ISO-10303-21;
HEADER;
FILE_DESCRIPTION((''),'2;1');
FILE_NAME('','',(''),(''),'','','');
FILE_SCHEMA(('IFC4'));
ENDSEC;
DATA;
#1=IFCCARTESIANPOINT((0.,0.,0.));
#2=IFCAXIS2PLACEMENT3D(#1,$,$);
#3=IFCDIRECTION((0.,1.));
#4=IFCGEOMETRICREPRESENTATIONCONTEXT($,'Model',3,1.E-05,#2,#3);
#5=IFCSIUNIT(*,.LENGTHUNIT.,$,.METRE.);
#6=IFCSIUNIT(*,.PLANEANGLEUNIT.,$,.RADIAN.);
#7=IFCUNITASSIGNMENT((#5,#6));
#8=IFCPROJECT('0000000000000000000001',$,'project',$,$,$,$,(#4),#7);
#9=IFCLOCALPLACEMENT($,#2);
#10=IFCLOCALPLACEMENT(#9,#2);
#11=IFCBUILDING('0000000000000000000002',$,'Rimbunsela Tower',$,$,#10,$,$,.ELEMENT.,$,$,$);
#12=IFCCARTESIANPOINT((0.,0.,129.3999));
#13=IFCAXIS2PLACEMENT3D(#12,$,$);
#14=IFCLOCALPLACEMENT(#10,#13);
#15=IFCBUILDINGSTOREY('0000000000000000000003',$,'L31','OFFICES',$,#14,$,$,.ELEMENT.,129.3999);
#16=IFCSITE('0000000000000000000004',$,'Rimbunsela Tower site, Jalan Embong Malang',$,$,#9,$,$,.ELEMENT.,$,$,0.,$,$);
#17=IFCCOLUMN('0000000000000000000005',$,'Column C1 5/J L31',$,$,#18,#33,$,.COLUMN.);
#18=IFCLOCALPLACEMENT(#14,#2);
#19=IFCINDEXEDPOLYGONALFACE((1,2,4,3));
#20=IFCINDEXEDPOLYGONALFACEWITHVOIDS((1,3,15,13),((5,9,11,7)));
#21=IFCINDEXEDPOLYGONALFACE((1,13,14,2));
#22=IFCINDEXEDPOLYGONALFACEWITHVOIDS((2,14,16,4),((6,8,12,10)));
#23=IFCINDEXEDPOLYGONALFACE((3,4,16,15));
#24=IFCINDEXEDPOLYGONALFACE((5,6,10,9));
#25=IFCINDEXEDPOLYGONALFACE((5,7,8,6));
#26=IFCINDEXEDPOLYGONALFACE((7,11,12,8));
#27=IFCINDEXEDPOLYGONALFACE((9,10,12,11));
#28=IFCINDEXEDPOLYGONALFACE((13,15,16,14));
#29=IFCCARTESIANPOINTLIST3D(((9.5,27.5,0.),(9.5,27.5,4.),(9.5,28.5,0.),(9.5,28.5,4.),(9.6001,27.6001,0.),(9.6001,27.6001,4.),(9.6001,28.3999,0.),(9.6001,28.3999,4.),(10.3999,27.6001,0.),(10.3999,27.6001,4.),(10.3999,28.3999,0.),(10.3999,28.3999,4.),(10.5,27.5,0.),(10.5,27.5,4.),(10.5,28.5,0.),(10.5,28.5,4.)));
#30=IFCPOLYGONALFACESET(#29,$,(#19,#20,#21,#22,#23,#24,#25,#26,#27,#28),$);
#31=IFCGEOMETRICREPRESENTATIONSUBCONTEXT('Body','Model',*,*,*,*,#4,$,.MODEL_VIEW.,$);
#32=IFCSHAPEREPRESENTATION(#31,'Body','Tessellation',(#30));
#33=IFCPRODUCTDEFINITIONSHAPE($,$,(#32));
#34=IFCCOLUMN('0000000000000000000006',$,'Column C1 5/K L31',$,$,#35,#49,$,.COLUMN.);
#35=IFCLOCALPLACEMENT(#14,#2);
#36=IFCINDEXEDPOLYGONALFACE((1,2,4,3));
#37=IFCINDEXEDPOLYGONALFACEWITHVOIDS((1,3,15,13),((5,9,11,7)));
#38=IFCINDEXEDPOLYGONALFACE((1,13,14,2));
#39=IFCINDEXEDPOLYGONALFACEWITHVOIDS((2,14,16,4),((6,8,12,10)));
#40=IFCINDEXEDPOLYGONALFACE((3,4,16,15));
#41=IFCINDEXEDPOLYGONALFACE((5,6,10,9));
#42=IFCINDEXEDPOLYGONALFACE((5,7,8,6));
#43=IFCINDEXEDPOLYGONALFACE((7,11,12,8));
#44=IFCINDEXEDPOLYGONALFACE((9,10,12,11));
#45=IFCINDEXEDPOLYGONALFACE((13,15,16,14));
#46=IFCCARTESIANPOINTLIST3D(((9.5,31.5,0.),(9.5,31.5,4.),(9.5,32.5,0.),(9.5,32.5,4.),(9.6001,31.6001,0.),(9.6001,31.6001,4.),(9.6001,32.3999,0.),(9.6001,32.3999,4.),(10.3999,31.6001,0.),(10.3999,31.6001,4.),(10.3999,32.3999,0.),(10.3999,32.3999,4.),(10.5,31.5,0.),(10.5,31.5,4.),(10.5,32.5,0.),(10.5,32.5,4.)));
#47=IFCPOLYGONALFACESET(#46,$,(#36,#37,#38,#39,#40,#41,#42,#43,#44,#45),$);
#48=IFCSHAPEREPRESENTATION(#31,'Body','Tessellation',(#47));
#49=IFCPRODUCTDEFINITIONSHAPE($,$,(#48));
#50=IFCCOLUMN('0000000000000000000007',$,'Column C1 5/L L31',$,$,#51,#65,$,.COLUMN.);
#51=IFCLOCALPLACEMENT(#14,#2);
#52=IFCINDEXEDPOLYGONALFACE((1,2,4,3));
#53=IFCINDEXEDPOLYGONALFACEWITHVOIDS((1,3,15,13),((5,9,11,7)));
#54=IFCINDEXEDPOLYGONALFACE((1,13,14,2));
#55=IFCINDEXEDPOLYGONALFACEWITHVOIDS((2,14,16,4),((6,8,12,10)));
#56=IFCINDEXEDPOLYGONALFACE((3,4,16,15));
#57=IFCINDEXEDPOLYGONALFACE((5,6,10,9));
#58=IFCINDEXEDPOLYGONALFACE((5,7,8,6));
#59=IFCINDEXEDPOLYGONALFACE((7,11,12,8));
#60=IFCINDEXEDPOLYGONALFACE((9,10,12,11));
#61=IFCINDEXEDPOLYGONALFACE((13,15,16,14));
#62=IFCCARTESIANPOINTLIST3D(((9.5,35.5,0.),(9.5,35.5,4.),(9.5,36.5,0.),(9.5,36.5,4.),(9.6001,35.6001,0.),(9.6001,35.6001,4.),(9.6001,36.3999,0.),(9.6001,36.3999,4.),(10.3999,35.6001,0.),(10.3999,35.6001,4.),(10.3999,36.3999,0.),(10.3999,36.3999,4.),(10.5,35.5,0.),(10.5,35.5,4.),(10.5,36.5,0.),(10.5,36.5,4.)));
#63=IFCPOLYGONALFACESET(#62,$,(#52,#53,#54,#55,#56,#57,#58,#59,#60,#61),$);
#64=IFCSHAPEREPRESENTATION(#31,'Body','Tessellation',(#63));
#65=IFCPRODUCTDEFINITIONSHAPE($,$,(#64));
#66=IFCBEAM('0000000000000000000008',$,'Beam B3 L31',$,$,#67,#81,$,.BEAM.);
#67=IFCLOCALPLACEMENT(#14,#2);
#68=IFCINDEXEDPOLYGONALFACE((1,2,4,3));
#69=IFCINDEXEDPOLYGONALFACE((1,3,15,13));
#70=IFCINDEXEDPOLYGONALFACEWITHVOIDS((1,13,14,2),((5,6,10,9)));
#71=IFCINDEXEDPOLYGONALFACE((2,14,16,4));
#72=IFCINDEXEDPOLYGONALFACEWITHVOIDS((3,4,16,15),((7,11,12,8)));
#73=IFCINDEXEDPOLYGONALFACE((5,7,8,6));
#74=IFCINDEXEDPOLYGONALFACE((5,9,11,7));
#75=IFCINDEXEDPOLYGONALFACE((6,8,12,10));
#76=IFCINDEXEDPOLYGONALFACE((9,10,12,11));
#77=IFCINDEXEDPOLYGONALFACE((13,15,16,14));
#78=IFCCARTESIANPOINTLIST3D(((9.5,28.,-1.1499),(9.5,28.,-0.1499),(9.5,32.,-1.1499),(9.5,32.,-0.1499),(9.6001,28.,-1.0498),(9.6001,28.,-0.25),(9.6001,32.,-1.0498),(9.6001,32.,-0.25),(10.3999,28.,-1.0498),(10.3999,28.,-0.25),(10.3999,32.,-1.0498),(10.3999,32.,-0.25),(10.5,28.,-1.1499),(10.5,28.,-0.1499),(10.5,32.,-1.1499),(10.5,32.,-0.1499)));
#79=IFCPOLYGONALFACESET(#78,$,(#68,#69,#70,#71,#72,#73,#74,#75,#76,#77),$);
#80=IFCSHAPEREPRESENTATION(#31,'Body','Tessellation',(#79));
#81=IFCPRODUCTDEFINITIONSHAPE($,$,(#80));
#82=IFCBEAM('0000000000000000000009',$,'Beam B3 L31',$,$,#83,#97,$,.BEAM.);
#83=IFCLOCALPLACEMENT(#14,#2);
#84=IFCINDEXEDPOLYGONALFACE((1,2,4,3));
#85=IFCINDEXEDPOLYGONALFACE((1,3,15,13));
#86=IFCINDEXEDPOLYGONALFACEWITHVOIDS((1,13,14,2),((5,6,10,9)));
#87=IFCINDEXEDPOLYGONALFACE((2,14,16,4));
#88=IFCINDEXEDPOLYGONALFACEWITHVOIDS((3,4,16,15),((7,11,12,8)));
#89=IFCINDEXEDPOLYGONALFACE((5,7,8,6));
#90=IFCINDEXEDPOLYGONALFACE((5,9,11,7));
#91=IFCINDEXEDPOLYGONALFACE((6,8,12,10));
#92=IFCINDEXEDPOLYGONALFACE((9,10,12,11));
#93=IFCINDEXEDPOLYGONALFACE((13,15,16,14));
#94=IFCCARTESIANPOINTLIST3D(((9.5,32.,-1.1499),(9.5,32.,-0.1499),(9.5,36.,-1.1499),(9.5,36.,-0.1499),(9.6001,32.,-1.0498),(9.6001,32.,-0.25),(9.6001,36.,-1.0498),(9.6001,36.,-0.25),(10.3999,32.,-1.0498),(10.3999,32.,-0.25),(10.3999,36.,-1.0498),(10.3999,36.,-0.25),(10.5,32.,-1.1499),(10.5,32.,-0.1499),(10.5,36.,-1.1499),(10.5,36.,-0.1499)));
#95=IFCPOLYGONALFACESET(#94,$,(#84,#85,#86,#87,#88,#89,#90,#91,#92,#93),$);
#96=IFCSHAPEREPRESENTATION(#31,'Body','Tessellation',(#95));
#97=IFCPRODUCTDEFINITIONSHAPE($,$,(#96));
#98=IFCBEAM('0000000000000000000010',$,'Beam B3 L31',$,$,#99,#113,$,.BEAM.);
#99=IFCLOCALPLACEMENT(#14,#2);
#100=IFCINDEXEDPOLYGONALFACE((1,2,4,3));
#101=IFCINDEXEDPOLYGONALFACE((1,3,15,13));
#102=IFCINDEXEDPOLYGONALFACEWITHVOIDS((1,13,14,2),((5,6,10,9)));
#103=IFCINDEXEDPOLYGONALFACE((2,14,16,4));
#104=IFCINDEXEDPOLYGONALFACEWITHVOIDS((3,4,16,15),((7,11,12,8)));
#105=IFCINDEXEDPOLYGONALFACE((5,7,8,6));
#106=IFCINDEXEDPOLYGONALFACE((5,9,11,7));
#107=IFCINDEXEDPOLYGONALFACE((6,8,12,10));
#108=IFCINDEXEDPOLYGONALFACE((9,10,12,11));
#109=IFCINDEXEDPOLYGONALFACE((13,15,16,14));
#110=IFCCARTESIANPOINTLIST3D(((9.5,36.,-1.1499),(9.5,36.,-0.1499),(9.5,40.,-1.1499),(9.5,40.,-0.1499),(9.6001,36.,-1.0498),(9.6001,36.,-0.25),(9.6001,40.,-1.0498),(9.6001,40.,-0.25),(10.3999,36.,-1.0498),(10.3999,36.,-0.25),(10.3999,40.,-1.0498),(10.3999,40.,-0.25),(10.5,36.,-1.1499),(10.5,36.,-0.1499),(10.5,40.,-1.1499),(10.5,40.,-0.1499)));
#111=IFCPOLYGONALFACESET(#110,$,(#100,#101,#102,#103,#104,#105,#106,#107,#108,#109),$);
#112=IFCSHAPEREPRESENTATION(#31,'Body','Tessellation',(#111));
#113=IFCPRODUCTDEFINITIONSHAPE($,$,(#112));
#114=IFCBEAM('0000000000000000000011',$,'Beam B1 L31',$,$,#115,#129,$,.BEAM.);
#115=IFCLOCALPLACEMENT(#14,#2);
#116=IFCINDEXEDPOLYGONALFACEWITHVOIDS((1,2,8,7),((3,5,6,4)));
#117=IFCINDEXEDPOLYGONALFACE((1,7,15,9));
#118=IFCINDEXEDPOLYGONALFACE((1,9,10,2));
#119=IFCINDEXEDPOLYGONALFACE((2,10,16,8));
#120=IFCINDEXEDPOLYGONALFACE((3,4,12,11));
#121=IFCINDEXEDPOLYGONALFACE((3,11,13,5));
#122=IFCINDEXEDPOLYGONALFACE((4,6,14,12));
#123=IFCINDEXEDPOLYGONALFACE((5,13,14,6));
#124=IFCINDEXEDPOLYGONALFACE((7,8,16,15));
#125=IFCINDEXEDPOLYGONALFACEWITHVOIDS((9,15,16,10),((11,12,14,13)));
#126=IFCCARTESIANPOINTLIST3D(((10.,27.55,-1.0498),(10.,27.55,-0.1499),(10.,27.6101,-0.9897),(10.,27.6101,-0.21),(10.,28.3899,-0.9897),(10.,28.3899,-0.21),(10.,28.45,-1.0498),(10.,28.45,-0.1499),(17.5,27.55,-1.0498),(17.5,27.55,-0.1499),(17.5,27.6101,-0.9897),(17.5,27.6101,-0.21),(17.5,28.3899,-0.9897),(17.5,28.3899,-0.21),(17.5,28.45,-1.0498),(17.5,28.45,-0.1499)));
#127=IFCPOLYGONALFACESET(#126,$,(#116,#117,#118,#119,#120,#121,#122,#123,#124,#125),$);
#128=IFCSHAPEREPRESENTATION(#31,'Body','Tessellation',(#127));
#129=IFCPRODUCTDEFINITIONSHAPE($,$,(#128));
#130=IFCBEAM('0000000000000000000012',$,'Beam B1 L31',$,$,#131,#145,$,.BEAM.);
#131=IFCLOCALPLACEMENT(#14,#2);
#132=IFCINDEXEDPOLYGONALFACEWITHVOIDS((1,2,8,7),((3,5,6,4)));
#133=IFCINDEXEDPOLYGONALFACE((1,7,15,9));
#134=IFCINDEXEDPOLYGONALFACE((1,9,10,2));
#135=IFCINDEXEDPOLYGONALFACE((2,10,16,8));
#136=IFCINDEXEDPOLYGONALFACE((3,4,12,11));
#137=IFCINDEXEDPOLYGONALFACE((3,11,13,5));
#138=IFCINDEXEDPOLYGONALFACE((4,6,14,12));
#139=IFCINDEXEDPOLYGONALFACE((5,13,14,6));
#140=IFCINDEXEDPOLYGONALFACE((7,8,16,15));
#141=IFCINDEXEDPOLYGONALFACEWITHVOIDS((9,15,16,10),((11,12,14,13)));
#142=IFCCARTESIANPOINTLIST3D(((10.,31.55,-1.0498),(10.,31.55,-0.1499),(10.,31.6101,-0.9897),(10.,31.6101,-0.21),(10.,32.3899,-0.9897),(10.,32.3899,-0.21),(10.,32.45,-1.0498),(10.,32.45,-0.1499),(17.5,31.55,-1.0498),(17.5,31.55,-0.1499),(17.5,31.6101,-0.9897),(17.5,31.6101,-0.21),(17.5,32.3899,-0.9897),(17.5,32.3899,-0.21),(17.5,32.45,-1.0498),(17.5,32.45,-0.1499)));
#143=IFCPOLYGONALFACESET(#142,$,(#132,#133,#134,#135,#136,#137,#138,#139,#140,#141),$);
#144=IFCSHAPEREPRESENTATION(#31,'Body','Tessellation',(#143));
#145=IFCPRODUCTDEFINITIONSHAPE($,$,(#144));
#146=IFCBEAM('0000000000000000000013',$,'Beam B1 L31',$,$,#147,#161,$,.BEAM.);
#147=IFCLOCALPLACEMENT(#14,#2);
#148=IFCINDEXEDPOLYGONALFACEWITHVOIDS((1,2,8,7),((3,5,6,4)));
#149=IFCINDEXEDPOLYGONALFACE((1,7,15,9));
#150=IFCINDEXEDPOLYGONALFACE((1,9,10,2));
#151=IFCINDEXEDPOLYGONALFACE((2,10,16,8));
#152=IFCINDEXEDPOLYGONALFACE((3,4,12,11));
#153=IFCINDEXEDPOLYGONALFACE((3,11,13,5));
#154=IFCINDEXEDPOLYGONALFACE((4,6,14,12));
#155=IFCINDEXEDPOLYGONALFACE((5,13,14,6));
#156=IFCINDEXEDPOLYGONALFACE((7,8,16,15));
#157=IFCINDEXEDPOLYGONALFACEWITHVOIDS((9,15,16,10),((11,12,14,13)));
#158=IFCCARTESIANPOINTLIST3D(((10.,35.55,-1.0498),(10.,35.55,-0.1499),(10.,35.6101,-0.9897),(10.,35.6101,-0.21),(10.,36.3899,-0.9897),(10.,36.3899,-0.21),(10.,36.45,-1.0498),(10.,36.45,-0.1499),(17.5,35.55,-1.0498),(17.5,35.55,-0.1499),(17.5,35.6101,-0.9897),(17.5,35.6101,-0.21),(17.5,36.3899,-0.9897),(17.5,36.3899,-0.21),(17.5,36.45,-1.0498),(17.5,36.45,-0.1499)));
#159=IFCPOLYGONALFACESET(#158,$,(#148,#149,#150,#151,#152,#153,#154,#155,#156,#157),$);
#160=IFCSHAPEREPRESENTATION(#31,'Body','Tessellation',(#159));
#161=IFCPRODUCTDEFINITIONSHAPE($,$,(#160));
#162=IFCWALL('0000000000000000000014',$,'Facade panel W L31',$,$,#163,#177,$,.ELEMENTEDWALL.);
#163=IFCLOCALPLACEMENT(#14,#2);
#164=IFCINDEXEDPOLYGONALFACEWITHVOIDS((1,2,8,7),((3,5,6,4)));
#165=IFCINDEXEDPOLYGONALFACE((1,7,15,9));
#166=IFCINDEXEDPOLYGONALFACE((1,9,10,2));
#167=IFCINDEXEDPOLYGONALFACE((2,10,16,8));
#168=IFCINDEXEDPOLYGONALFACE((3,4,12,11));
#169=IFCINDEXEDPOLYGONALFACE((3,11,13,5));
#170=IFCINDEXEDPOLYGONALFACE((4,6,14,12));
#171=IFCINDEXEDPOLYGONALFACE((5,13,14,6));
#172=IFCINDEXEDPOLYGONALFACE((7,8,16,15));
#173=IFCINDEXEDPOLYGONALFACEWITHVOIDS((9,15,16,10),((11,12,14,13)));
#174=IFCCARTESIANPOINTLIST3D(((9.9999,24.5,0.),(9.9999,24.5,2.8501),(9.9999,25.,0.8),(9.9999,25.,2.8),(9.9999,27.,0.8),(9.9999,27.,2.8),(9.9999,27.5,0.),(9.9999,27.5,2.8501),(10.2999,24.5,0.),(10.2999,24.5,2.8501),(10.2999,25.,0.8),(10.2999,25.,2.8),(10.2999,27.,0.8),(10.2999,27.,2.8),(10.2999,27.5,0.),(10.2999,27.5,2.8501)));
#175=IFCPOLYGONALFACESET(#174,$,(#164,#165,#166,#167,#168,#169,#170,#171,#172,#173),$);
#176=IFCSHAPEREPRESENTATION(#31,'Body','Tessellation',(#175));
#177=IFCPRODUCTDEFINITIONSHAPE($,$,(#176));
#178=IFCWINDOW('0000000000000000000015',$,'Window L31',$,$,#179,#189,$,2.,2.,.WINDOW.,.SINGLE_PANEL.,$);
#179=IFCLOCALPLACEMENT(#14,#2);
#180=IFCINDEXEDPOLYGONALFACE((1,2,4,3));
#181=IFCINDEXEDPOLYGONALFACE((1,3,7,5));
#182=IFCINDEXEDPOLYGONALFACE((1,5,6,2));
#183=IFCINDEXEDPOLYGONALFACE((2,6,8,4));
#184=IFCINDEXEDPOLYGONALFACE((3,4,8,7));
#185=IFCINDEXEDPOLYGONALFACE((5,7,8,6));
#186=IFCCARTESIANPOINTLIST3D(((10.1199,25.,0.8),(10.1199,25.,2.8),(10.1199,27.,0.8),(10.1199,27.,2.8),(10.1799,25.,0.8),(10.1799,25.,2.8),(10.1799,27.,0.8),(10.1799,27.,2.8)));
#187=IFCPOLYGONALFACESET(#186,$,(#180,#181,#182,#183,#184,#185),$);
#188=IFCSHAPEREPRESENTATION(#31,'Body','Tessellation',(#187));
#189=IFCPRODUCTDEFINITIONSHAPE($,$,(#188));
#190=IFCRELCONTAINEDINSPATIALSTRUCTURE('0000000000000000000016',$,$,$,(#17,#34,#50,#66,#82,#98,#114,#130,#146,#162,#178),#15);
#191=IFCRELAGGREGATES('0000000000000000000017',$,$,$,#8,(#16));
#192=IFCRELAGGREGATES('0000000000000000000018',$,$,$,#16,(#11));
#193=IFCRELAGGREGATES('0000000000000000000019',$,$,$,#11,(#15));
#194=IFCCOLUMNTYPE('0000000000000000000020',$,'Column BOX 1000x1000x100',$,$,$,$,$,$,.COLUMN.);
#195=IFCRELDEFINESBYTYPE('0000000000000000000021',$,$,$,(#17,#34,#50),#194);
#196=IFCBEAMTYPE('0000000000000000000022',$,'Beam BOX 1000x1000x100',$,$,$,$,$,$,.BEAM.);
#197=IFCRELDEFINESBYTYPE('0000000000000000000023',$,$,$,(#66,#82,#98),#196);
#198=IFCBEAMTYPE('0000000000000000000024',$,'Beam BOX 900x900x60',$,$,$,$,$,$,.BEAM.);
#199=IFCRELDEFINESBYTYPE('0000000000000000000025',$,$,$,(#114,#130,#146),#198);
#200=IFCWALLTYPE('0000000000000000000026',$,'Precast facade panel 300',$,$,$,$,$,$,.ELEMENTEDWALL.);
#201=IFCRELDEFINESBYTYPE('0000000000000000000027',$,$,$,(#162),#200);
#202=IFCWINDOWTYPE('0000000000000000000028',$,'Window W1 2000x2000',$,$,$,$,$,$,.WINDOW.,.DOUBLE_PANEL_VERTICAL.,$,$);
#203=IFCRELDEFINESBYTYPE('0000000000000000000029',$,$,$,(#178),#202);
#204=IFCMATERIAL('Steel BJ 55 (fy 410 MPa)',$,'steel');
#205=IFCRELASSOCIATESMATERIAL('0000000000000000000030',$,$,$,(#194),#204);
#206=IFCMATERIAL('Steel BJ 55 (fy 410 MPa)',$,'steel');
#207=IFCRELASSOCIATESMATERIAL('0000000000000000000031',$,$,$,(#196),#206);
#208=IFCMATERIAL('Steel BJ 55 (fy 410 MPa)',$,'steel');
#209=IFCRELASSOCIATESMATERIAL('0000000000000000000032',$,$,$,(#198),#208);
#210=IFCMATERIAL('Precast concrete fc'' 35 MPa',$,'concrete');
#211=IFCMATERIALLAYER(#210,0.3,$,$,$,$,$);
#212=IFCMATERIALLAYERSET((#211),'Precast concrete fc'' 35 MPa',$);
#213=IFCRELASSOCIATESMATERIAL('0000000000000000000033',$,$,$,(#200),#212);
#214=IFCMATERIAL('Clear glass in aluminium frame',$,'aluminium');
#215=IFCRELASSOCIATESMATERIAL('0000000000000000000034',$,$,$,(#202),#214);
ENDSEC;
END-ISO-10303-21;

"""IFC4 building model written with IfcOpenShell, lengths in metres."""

from ifc_helpers import new_model, si_unit, direction, frame, frame_2d, origin, origin_2d, place, context, subcontext, project, spatial, rectangle, hollow_rectangle, extrude, material, layer, layer_set, material_profile, profile_set, type_object, element, fill, save


model = new_model("IFC4")

# Units and contexts
model_context = context("Model", 3, precision=1e-05, world=origin(), true_north=direction((0.0, 1.0)))
body_context = subcontext(model_context, "Body", "Model", "MODEL_VIEW")
ifc_project = project(units=[si_unit("LENGTHUNIT", "METRE"), si_unit("PLANEANGLEUNIT", "RADIAN")], contexts=[model_context])

# Site, building, storey
site_placement = place(None, origin())
site = spatial("IfcSite", under=ifc_project, at=site_placement, Name="Rimbunsela Tower site, Jalan Embong Malang", CompositionType="ELEMENT", RefElevation=0.0)
building_placement = place(site_placement, origin())
building = spatial("IfcBuilding", under=site, at=building_placement, Name="Rimbunsela Tower", CompositionType="ELEMENT")
storey_placement = place(building_placement, frame((0.0, 0.0, 129.3999)))
storey = spatial("IfcBuildingStorey", under=building, at=storey_placement, Name="L31", Description="OFFICES", CompositionType="ELEMENT", Elevation=129.3999)

# Columns
ifc_material_1 = material(Name="Steel BJ 55 (fy 410 MPa)", Category="steel")
ifc_material_profile_1 = material_profile(ifc_material_1, hollow_rectangle(XDim=1.0, YDim=1.0, WallThickness=0.1001, at=origin_2d()), Name="BOX 1000x1000x100")
ifc_profile_set_1 = profile_set([ifc_material_profile_1], Name="Steel BJ 55 (fy 410 MPa)")
column_type = type_object("IfcColumnType", Name="Column BOX 1000x1000x100", PredefinedType="COLUMN", material=ifc_profile_set_1)
for number, where, z_axis, x_axis, name in (
    (1, (10.0, 28.0, 0.0), (0.0, 0.0, 1.0), (1.0, 0.0, 0.0), "Column C1 5/J L31"),
    (2, (10.0, 32.0, 0.0), (0.0, 0.0, 1.0), (1.0, 0.0, 0.0), "Column C1 5/K L31"),
    (3, (10.0, 36.0, 0.0), (0.0, 0.0, 1.0), (1.0, 0.0, 0.0), "Column C1 5/L L31"),
):
    element("IfcColumn", number, at=place(storey_placement, frame(where, z_axis=z_axis, x_axis=x_axis)), inside=storey, type_object=column_type, Name=name, PredefinedType="COLUMN", context=body_context, shape_type="SweptSolid", body=[
        extrude(hollow_rectangle(XDim=1.0, YDim=1.0, WallThickness=0.1001, at=origin_2d()), origin(), (0.0, 0.0, 1.0), 4.0),
    ])

# Beams
ifc_material_2 = material(Name="Steel BJ 55 (fy 410 MPa)", Category="steel")
ifc_material_profile_2 = material_profile(ifc_material_2, hollow_rectangle(XDim=1.0, YDim=1.0, WallThickness=0.1001, at=origin_2d()), Name="BOX 1000x1000x100")
ifc_profile_set_2 = profile_set([ifc_material_profile_2], Name="Steel BJ 55 (fy 410 MPa)")
beam_type_1 = type_object("IfcBeamType", Name="Beam BOX 1000x1000x100", PredefinedType="BEAM", material=ifc_profile_set_2)
for number, where, z_axis, x_axis, name in (
    (4, (10.0, 28.0, -0.6499), (0.0, 1.0, 0.0), (-1.0, 0.0, 0.0), "Beam B3 L31"),
    (5, (10.0, 32.0, -0.6499), (0.0, 1.0, 0.0), (-1.0, 0.0, 0.0), "Beam B3 L31"),
    (6, (10.0, 36.0, -0.6499), (0.0, 1.0, 0.0), (-1.0, 0.0, 0.0), "Beam B3 L31"),
):
    element("IfcBeam", number, at=place(storey_placement, frame(where, z_axis=z_axis, x_axis=x_axis)), inside=storey, type_object=beam_type_1, Name=name, PredefinedType="BEAM", context=body_context, shape_type="SweptSolid", body=[
        extrude(hollow_rectangle(XDim=1.0, YDim=1.0, WallThickness=0.1001, at=origin_2d()), origin(), (0.0, 0.0, 1.0), 4.0),
    ])
ifc_material_3 = material(Name="Steel BJ 55 (fy 410 MPa)", Category="steel")
ifc_material_profile_3 = material_profile(ifc_material_3, hollow_rectangle(XDim=0.8999, YDim=0.8999, WallThickness=0.0601, at=origin_2d()), Name="BOX 900x900x60")
ifc_profile_set_3 = profile_set([ifc_material_profile_3], Name="Steel BJ 55 (fy 410 MPa)")
beam_type_2 = type_object("IfcBeamType", Name="Beam BOX 900x900x60", PredefinedType="BEAM", material=ifc_profile_set_3)
for number, where, z_axis, x_axis, name in (
    (7, (10.0, 28.0, -0.5999), (1.0, 0.0, 0.0), (0.0, 1.0, 0.0), "Beam B1 L31"),
    (8, (10.0, 32.0, -0.5999), (1.0, 0.0, 0.0), (0.0, 1.0, 0.0), "Beam B1 L31"),
    (9, (10.0, 36.0, -0.5999), (1.0, 0.0, 0.0), (0.0, 1.0, 0.0), "Beam B1 L31"),
):
    element("IfcBeam", number, at=place(storey_placement, frame(where, z_axis=z_axis, x_axis=x_axis)), inside=storey, type_object=beam_type_2, Name=name, PredefinedType="BEAM", context=body_context, shape_type="SweptSolid", body=[
        extrude(hollow_rectangle(XDim=0.8999, YDim=0.8999, WallThickness=0.0601, at=origin_2d()), origin(), (0.0, 0.0, 1.0), 7.5),
    ])

# Wall, opening, window
ifc_material_4 = material(Name="Precast concrete fc' 35 MPa", Category="concrete")
ifc_layer_1 = layer(ifc_material_4, 0.3)
ifc_layer_set_1 = layer_set([ifc_layer_1], Name="Precast concrete fc' 35 MPa")
wall_type = type_object("IfcWallType", Name="Precast facade panel 300", PredefinedType="ELEMENTEDWALL", material=ifc_layer_set_1)
wall_placement = place(storey_placement, frame((10.1499, 27.5, 0.0), z_axis=(0.0, 0.0, 1.0), x_axis=(0.0, -1.0, 0.0)))
wall = element("IfcWall", 10, at=wall_placement, inside=storey, type_object=wall_type, Name="Facade panel W L31", PredefinedType="ELEMENTEDWALL", context=body_context, shape_type="SweptSolid", body=[
    extrude(rectangle(XDim=3.0, YDim=0.3, at=frame_2d((1.5, 0.0))), origin(), (0.0, 0.0, 1.0), 2.8501),
])
opening_placement = place(wall_placement, frame((0.5, 0.0, 0.8)))
opening = element("IfcOpeningElement", 11, at=opening_placement, cuts=wall, PredefinedType="OPENING", context=body_context, shape_type="SweptSolid", body=[
    extrude(rectangle(XDim=2.0, YDim=2.0, at=frame_2d((1.0, 1.0))), frame((0.0, 0.1599, 0.0), z_axis=(0.0, -1.0, 0.0), x_axis=(1.0, 0.0, 0.0)), (0.0, 0.0, 1.0), 0.3201),
])
ifc_material_5 = material(Name="Clear glass in aluminium frame", Category="aluminium")
window_type = type_object("IfcWindowType", Name="Window W1 2000x2000", PartitioningType="DOUBLE_PANEL_VERTICAL", PredefinedType="WINDOW", material=ifc_material_5)
window_placement = place(opening_placement, origin())
window = element("IfcWindow", 12, at=window_placement, inside=storey, type_object=window_type, Name="Window L31", OverallHeight=2.0, OverallWidth=2.0, PartitioningType="SINGLE_PANEL", PredefinedType="WINDOW", context=body_context, shape_type="SweptSolid", body=[
    extrude(rectangle(XDim=2.0, YDim=2.0, at=frame_2d((1.0, 1.0))), frame((0.0, 0.03, 0.0), z_axis=(0.0, -1.0, 0.0), x_axis=(1.0, 0.0, 0.0)), (0.0, 0.0, 1.0), 0.0601),
])
fill(opening, window)

save(model, "model.ifc")
